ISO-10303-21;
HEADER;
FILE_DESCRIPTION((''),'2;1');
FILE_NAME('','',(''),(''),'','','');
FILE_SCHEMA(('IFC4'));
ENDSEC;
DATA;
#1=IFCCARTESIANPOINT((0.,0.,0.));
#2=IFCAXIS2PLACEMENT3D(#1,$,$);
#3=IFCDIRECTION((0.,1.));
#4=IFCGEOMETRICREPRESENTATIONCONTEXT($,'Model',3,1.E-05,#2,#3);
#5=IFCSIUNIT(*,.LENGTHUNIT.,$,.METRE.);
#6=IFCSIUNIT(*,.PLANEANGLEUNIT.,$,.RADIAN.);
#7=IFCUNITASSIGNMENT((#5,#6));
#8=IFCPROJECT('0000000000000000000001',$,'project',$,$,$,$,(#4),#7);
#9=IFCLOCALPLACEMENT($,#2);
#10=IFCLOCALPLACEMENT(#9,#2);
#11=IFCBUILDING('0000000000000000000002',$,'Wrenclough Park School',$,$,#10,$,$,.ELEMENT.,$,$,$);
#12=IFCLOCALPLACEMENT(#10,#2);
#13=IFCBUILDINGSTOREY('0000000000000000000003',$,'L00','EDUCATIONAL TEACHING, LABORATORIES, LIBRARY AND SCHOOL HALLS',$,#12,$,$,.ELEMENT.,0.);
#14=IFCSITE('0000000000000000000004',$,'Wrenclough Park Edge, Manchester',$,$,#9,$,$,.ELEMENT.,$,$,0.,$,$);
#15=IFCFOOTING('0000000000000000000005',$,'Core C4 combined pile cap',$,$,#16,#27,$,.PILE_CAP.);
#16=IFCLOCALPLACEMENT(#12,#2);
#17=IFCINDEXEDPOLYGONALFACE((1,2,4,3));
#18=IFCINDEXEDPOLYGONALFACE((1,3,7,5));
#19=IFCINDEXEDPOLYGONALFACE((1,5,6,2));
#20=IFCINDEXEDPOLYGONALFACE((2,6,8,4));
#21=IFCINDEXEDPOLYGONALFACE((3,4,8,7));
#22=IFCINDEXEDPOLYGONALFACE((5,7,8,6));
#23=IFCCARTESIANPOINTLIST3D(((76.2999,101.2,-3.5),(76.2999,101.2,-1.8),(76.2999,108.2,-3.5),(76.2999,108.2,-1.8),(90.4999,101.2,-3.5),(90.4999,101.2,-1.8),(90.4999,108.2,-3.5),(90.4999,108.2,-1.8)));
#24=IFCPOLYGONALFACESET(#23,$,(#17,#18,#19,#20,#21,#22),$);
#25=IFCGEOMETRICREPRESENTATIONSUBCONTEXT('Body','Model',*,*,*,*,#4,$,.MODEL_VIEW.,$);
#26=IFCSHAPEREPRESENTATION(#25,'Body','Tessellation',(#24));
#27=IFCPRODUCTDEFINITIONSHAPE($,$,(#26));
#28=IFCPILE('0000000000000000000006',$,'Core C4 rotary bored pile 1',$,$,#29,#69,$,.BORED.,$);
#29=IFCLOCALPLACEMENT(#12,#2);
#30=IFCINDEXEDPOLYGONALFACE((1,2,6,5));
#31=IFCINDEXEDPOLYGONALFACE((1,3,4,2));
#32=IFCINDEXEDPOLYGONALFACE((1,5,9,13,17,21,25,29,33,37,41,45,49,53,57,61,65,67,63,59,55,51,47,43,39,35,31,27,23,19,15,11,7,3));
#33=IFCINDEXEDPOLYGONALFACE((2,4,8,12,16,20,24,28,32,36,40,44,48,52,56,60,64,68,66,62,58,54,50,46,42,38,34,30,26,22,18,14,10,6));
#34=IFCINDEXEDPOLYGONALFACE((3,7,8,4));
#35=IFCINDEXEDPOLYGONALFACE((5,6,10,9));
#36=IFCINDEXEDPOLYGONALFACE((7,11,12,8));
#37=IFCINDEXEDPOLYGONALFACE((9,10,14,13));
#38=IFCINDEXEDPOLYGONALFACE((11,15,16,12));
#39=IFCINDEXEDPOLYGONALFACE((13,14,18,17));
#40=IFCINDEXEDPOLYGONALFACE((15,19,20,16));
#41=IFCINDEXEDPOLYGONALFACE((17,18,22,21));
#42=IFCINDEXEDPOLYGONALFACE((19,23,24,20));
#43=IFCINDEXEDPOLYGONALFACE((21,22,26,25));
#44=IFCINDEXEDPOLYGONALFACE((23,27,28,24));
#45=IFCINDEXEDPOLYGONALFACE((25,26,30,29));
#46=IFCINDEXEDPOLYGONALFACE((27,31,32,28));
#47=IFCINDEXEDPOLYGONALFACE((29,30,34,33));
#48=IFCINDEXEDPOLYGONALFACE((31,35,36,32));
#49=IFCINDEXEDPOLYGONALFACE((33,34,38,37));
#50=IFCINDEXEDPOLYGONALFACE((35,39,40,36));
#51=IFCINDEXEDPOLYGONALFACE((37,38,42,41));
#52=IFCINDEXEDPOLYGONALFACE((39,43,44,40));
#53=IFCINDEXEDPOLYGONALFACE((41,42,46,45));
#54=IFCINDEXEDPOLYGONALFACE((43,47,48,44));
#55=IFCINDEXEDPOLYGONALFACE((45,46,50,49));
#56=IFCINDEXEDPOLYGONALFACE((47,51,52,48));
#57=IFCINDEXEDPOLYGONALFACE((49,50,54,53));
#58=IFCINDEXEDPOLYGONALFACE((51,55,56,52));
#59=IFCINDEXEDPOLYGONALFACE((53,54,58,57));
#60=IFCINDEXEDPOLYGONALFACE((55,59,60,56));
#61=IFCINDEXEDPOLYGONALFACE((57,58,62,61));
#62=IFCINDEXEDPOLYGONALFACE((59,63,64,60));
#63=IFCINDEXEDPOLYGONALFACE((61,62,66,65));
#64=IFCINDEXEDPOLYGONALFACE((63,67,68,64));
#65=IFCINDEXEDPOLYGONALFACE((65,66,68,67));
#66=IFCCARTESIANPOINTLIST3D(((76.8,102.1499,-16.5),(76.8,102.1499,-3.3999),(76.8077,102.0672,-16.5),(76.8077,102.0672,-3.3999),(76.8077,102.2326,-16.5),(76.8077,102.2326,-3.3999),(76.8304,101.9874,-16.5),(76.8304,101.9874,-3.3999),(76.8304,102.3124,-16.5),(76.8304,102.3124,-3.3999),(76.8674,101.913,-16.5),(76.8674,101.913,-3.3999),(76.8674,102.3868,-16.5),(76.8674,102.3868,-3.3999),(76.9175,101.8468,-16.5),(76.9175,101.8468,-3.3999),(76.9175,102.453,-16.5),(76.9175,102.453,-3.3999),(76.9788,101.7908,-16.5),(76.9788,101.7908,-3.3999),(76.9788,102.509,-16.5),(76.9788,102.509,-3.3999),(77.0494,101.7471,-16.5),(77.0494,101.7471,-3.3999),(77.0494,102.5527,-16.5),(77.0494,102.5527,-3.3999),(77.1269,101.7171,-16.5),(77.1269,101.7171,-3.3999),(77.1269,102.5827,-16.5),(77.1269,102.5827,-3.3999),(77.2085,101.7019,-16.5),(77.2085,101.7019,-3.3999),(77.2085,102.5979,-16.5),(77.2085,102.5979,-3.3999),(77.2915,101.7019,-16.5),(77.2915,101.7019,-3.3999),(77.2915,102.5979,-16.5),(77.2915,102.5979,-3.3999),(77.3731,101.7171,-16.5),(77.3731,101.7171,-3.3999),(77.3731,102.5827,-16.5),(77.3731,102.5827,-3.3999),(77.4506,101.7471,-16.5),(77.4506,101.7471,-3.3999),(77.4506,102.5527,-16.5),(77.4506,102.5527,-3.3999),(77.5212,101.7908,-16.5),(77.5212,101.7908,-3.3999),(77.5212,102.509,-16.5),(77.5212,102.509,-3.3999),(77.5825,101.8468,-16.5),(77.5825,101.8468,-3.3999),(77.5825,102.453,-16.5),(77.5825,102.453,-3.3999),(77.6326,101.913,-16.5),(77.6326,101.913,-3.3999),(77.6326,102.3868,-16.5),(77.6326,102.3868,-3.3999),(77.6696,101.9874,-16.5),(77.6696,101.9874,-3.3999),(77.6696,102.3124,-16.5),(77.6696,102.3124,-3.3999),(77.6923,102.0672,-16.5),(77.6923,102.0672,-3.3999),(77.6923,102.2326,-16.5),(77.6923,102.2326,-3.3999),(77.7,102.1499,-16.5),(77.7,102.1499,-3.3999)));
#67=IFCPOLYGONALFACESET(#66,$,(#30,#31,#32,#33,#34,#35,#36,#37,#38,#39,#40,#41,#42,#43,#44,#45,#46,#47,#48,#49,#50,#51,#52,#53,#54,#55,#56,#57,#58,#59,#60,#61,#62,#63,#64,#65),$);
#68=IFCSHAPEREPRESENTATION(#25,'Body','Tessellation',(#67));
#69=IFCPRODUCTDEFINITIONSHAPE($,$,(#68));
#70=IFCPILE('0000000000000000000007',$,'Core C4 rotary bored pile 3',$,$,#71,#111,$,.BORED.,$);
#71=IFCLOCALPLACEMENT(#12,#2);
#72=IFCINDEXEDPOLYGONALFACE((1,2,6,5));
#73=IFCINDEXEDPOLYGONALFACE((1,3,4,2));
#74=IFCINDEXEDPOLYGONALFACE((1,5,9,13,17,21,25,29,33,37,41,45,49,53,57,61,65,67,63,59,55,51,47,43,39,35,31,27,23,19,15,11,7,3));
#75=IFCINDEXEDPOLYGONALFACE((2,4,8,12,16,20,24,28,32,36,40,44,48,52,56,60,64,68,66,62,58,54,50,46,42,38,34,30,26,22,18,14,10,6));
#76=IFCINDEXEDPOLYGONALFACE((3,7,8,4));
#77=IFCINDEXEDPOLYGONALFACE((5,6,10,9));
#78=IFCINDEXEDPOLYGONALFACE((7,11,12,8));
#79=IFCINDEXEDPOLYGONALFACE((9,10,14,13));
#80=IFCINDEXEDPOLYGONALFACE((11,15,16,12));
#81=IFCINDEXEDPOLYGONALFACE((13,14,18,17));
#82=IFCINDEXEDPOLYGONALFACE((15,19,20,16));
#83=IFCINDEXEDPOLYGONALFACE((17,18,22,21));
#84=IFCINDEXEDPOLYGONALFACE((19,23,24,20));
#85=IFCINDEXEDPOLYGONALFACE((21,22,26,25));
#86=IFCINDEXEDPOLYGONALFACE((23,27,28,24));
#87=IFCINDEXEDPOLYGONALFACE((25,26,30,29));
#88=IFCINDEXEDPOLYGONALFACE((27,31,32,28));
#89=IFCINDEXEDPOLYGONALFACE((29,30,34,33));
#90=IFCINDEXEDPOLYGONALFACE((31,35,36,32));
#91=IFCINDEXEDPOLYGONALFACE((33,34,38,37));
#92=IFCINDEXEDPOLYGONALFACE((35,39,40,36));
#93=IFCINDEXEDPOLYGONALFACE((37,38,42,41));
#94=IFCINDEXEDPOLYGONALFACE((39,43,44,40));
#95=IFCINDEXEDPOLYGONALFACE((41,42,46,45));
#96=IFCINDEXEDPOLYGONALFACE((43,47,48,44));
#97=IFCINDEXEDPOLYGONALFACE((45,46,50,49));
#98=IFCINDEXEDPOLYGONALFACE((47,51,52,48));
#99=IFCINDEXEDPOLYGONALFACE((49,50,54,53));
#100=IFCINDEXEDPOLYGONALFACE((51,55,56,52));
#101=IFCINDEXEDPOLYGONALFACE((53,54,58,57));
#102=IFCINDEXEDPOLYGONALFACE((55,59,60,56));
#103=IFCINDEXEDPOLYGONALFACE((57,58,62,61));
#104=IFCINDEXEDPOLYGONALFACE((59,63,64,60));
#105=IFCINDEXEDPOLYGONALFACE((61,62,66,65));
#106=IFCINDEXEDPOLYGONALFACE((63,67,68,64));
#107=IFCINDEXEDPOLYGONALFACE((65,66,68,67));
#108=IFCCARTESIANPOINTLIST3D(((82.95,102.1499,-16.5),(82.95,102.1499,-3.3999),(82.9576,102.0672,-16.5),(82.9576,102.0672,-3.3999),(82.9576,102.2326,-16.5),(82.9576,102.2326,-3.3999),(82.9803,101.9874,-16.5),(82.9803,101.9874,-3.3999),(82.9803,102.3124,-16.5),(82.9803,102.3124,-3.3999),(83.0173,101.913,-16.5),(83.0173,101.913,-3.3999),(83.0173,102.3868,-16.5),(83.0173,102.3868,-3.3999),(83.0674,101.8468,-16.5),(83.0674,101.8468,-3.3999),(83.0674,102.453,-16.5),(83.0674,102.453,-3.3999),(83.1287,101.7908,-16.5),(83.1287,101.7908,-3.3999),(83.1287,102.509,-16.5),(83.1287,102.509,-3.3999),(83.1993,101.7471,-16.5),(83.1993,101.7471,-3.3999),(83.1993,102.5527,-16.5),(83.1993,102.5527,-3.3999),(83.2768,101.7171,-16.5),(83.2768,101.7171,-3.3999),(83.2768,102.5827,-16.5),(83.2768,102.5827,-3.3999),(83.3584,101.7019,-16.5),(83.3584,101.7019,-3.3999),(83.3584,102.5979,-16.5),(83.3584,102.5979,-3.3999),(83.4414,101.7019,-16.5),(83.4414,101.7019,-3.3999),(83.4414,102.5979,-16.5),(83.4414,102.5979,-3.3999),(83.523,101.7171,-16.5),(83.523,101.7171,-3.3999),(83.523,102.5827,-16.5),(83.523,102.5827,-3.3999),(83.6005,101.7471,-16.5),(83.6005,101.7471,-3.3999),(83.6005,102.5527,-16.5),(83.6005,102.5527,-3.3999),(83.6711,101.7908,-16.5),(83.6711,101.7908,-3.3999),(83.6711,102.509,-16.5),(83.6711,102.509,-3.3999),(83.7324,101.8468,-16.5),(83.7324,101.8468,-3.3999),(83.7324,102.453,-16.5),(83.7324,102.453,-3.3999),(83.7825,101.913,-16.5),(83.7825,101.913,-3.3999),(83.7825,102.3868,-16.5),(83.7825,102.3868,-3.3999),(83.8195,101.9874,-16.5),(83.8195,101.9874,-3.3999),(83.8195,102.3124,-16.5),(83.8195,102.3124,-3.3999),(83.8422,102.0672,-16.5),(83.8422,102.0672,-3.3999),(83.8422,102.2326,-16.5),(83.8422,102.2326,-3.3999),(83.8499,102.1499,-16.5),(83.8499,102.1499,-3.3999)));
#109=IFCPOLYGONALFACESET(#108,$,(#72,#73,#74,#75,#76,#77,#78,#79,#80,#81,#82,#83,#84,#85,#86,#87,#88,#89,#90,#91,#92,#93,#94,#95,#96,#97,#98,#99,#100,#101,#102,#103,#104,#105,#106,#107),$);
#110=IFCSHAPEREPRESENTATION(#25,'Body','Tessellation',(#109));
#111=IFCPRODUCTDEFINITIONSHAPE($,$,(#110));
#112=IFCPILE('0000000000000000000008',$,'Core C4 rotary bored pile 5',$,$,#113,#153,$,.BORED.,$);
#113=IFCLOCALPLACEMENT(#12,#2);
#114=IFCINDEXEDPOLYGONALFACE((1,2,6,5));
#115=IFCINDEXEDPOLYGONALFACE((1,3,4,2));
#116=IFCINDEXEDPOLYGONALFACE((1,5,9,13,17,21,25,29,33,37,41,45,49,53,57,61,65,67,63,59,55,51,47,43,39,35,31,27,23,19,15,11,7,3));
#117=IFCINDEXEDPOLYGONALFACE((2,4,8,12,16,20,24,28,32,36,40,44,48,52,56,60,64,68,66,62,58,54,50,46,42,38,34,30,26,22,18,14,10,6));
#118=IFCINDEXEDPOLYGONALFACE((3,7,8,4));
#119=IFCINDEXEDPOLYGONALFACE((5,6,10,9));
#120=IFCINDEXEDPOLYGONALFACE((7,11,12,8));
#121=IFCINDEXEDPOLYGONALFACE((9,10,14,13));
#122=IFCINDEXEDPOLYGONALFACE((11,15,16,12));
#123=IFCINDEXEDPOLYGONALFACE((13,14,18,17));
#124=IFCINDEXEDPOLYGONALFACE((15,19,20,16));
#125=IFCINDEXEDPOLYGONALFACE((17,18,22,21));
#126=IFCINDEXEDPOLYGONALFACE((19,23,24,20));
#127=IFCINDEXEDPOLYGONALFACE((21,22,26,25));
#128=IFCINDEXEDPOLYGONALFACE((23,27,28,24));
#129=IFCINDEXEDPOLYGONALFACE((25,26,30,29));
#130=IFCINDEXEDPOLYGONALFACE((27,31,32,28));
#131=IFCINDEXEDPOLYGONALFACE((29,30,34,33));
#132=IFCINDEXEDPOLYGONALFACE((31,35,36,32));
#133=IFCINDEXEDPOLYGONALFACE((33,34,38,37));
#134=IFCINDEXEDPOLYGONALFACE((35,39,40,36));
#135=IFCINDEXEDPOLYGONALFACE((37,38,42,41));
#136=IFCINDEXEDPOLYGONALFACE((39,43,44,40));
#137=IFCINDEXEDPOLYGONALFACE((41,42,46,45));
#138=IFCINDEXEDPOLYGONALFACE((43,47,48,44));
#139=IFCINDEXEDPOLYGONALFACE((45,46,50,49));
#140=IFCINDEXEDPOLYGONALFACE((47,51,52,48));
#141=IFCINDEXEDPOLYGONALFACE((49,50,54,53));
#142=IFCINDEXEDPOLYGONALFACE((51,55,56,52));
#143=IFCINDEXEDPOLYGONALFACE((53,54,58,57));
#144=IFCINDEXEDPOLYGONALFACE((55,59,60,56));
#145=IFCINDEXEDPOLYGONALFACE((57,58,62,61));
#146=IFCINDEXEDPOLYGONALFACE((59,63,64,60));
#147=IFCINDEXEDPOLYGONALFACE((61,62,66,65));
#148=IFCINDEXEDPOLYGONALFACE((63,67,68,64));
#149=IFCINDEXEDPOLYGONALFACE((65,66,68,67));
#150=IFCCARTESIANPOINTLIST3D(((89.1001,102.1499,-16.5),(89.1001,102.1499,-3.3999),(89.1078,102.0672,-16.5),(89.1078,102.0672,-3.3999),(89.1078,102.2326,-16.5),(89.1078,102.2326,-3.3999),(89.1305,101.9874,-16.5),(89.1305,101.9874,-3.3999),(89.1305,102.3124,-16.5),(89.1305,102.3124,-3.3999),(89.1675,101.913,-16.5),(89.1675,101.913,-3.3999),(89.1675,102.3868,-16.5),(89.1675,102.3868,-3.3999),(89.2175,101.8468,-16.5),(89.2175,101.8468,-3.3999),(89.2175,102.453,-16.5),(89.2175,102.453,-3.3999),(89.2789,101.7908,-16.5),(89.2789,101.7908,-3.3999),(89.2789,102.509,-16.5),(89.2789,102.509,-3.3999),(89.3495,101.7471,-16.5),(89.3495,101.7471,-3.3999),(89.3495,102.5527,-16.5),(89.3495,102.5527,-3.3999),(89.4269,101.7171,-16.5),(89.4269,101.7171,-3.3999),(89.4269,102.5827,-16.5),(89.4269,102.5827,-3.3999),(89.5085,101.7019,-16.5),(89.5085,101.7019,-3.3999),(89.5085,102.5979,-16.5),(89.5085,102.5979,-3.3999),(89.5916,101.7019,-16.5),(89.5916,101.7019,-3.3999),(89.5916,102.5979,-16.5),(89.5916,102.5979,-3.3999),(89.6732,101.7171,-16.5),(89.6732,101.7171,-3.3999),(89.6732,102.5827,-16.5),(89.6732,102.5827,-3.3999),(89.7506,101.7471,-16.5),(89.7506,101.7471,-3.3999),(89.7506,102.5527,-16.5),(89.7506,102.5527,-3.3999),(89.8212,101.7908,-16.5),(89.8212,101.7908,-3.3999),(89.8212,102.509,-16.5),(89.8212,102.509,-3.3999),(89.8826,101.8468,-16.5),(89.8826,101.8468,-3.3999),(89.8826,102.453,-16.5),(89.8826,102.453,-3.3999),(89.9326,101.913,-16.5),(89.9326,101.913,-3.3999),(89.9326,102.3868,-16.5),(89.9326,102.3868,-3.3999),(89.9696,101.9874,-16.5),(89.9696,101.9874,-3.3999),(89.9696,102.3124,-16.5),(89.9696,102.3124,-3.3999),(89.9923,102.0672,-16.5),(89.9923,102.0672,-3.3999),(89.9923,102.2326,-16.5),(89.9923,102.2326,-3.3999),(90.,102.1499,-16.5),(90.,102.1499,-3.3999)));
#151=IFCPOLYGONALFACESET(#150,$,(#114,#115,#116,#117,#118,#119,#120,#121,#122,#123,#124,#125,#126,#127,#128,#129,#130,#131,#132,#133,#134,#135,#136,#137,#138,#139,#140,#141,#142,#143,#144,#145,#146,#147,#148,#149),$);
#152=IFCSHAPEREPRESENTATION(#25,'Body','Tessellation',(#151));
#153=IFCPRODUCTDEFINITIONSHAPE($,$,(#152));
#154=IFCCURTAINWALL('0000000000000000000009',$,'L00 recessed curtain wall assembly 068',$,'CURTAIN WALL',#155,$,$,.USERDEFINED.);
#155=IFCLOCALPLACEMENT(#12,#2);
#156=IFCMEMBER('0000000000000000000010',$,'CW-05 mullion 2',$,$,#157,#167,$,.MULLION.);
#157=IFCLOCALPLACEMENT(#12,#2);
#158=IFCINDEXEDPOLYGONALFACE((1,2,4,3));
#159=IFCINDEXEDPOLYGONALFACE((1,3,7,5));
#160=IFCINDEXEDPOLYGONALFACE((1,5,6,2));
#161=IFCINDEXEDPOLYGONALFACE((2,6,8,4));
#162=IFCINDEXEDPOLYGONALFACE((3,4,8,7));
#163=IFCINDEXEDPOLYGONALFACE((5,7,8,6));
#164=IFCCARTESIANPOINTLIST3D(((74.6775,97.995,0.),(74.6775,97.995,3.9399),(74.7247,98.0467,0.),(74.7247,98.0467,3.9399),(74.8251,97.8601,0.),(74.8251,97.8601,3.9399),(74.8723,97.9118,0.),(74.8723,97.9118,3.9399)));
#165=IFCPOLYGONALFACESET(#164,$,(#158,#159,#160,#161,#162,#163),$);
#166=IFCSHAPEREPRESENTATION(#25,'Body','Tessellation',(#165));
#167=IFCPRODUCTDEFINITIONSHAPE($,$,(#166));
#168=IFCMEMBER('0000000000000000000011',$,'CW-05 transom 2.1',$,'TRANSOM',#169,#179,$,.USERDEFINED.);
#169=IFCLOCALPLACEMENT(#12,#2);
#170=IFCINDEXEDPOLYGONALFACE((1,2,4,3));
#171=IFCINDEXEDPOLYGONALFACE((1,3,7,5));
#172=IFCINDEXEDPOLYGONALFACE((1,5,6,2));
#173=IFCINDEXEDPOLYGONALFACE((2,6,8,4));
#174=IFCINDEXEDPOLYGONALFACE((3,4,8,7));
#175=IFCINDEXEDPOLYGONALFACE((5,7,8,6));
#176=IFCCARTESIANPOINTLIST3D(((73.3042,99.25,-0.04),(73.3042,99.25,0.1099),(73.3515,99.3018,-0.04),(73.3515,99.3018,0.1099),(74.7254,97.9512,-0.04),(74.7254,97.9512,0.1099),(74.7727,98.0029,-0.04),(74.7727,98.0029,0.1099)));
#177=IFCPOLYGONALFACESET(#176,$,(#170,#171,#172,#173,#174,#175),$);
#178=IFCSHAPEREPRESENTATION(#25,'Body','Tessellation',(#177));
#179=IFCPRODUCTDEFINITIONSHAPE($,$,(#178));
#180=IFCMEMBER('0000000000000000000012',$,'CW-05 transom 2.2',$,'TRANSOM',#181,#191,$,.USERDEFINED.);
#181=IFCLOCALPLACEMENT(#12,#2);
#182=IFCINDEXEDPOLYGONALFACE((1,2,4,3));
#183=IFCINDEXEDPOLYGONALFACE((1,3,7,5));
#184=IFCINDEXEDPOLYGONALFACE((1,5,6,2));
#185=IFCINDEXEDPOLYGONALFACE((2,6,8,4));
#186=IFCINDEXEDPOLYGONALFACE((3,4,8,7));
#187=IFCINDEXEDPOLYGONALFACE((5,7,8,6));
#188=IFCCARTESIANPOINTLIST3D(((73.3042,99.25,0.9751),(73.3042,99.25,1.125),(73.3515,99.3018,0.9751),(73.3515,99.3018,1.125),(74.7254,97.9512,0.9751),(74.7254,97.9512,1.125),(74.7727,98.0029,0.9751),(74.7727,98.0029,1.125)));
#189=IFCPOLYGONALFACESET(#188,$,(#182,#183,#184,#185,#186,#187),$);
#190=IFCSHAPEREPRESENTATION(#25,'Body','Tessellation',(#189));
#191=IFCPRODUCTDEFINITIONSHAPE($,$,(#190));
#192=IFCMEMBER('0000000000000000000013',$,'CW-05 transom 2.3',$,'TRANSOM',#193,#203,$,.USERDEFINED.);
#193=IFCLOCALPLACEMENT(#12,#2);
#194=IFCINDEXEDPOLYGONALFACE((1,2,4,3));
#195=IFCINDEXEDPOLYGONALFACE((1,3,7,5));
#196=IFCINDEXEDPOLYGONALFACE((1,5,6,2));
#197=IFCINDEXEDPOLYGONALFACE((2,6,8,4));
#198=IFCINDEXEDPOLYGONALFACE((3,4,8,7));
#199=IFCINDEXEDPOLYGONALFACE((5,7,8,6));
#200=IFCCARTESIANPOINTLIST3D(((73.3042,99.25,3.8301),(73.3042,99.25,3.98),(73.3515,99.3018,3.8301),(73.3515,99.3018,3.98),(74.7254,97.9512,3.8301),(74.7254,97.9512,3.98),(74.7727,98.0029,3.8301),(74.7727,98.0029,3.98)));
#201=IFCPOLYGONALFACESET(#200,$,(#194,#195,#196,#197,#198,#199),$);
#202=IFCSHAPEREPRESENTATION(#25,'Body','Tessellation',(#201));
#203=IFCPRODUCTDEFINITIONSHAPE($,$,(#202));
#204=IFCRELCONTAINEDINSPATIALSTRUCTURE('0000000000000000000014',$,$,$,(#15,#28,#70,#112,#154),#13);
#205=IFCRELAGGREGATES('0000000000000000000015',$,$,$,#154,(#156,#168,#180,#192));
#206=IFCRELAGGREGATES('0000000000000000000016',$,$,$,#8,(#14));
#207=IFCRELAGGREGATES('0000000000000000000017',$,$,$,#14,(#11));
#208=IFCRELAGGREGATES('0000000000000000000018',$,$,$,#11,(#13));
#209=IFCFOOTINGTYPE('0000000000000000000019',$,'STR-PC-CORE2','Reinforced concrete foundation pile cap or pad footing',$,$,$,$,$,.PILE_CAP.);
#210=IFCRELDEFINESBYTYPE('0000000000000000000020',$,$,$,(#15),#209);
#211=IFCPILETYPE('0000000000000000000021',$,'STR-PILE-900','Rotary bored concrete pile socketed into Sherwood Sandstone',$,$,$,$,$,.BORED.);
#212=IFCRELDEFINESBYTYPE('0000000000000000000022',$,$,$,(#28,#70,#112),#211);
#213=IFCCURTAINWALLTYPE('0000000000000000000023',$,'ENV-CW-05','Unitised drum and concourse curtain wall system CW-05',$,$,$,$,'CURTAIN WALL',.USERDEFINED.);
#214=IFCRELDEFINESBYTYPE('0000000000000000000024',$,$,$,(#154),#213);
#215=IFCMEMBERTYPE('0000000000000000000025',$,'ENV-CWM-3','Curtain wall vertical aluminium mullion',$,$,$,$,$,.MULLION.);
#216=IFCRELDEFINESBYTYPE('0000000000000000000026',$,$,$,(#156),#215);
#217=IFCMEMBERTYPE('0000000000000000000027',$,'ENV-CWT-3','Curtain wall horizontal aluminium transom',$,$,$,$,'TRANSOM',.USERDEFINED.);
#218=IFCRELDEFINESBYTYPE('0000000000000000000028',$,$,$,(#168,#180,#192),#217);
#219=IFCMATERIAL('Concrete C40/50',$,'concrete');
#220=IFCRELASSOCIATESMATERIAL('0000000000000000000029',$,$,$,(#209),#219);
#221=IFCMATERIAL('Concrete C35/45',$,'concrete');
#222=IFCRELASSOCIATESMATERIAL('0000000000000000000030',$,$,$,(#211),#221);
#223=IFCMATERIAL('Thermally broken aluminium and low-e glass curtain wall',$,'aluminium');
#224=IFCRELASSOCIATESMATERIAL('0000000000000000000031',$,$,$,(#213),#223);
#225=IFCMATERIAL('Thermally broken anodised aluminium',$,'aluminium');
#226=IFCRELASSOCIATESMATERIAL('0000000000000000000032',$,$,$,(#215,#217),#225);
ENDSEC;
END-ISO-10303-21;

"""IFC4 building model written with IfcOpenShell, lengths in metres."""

from ifc_helpers import new_model, si_unit, direction, frame, origin, origin_2d, place, context, subcontext, project, spatial, rectangle, circle, extrude, material, material_profile, profile_set, type_object, element, aggregate, save


model = new_model("IFC4")

# Units and contexts
model_context = context("Model", 3, precision=1e-05, world=origin(), true_north=direction((0.0, 1.0)))
body_context = subcontext(model_context, "Body", "Model", "MODEL_VIEW")
ifc_project = project(units=[si_unit("LENGTHUNIT", "METRE"), si_unit("PLANEANGLEUNIT", "RADIAN")], contexts=[model_context])

# Site, building, storey
site_placement = place(None, origin())
site = spatial("IfcSite", under=ifc_project, at=site_placement, Name="Wrenclough Park Edge, Manchester", CompositionType="ELEMENT", RefElevation=0.0)
building_placement = place(site_placement, origin())
building = spatial("IfcBuilding", under=site, at=building_placement, Name="Wrenclough Park School", CompositionType="ELEMENT")
storey_placement = place(building_placement, origin())
storey = spatial("IfcBuildingStorey", under=building, at=storey_placement, Name="L00", Description="EDUCATIONAL TEACHING, LABORATORIES, LIBRARY AND SCHOOL HALLS", CompositionType="ELEMENT", Elevation=0.0)

# Footing
ifc_material_1 = material(Name="Concrete C40/50", Category="concrete")
footing_type = type_object("IfcFootingType", Name="STR-PC-CORE2", Description="Reinforced concrete foundation pile cap or pad footing", PredefinedType="PILE_CAP", material=ifc_material_1)
footing_placement = place(storey_placement, frame((83.3999, 104.7, -3.5), z_axis=(0.0, 0.0, 1.0), x_axis=(1.0, 0.0, 0.0)))
element("IfcFooting", 1, at=footing_placement, inside=storey, type_object=footing_type, Name="Core C4 combined pile cap", PredefinedType="PILE_CAP", context=body_context, shape_type="SweptSolid", body=[
    extrude(rectangle(XDim=14.2, YDim=7.0, at=origin_2d()), origin(), (0.0, 0.0, 1.0), 1.7),
])

# Piles
ifc_material_2 = material(Name="Concrete C35/45", Category="concrete")
ifc_material_profile_1 = material_profile(ifc_material_2, circle(Radius=0.45, at=origin_2d()), Name="BORED PILE D900")
ifc_profile_set_1 = profile_set([ifc_material_profile_1], Name="Concrete C35/45")
pile_type = type_object("IfcPileType", Name="STR-PILE-900", Description="Rotary bored concrete pile socketed into Sherwood Sandstone", PredefinedType="BORED", material=ifc_profile_set_1)
for number, where, z_axis, x_axis, name in (
    (2, (77.25, 102.1499, -3.3999), (0.0, 0.0, -1.0), (1.0, 0.0, 0.0), "Core C4 rotary bored pile 1"),
    (3, (83.3999, 102.1499, -3.3999), (0.0, 0.0, -1.0), (1.0, 0.0, 0.0), "Core C4 rotary bored pile 3"),
    (4, (89.55, 102.1499, -3.3999), (0.0, 0.0, -1.0), (1.0, 0.0, 0.0), "Core C4 rotary bored pile 5"),
):
    element("IfcPile", number, at=place(storey_placement, frame(where, z_axis=z_axis, x_axis=x_axis)), inside=storey, type_object=pile_type, Name=name, PredefinedType="BORED", context=body_context, shape_type="SweptSolid", body=[
        extrude(circle(Radius=0.45, at=origin_2d()), origin(), (0.0, 0.0, 1.0), 13.1001),
    ])

# Curtain wall, members
ifc_material_3 = material(Name="Thermally broken aluminium and low-e glass curtain wall", Category="aluminium")
curtain_wall_type = type_object("IfcCurtainWallType", Name="ENV-CW-05", Description="Unitised drum and concourse curtain wall system CW-05", ElementType="CURTAIN WALL", PredefinedType="USERDEFINED", material=ifc_material_3)
curtain_wall_placement = place(storey_placement, origin())
curtain_wall = element("IfcCurtainWall", 5, at=curtain_wall_placement, inside=storey, type_object=curtain_wall_type, Name="L00 recessed curtain wall assembly 068", ObjectType="CURTAIN WALL", PredefinedType="USERDEFINED")
ifc_material_4 = material(Name="Thermally broken anodised aluminium", Category="aluminium")
ifc_material_profile_2 = material_profile(ifc_material_4, rectangle(XDim=0.0701, YDim=0.2, at=origin_2d()), Name="AL MULLION 70x200")
ifc_profile_set_2 = profile_set([ifc_material_profile_2], Name="Thermally broken anodised aluminium")
member_type_1 = type_object("IfcMemberType", Name="ENV-CWM-3", Description="Curtain wall vertical aluminium mullion", PredefinedType="MULLION", material=ifc_profile_set_2)
member_1_placement = place(storey_placement, frame((74.7749, 97.9534, 0.0), z_axis=(0.0, 0.0, 1.0), x_axis=(-0.674669, -0.738121, 0.0)))
member_1 = element("IfcMember", 6, at=member_1_placement, type_object=member_type_1, Name="CW-05 mullion 2", PredefinedType="MULLION", context=body_context, shape_type="SweptSolid", body=[
    extrude(rectangle(XDim=0.0701, YDim=0.2, at=origin_2d()), origin(), (0.0, 0.0, 1.0), 3.9399),
])
ifc_material_profile_3 = material_profile(ifc_material_4, rectangle(XDim=0.0701, YDim=0.1499, at=origin_2d()), Name="AL TRANSOM 70x150")
ifc_profile_set_3 = profile_set([ifc_material_profile_3], Name="Thermally broken anodised aluminium")
member_type_2 = type_object("IfcMemberType", Name="ENV-CWT-3", Description="Curtain wall horizontal aluminium transom", ElementType="TRANSOM", PredefinedType="USERDEFINED", material=ifc_profile_set_3)
member_2_placement = place(storey_placement, frame((74.749, 97.9771, 0.0349), z_axis=(-0.738159, 0.674627, 0.0), x_axis=(-0.674627, -0.738159, 0.0)))
member_2 = element("IfcMember", 7, at=member_2_placement, type_object=member_type_2, Name="CW-05 transom 2.1", ObjectType="TRANSOM", PredefinedType="USERDEFINED", context=body_context, shape_type="SweptSolid", body=[
    extrude(rectangle(XDim=0.0701, YDim=0.1499, at=origin_2d()), origin(), (0.0, 0.0, 1.0), 1.9253),
])
member_3_placement = place(storey_placement, frame((74.749, 97.9771, 1.05), z_axis=(-0.738159, 0.674627, 0.0), x_axis=(-0.674627, -0.738159, 0.0)))
member_3 = element("IfcMember", 8, at=member_3_placement, type_object=member_type_2, Name="CW-05 transom 2.2", ObjectType="TRANSOM", PredefinedType="USERDEFINED", context=body_context, shape_type="SweptSolid", body=[
    extrude(rectangle(XDim=0.0701, YDim=0.1499, at=origin_2d()), origin(), (0.0, 0.0, 1.0), 1.9253),
])
member_4_placement = place(storey_placement, frame((74.749, 97.9771, 3.905), z_axis=(-0.738159, 0.674627, 0.0), x_axis=(-0.674627, -0.738159, 0.0)))
member_4 = element("IfcMember", 9, at=member_4_placement, type_object=member_type_2, Name="CW-05 transom 2.3", ObjectType="TRANSOM", PredefinedType="USERDEFINED", context=body_context, shape_type="SweptSolid", body=[
    extrude(rectangle(XDim=0.0701, YDim=0.1499, at=origin_2d()), origin(), (0.0, 0.0, 1.0), 1.9253),
])
aggregate(curtain_wall, [member_1, member_2, member_3, member_4])

save(model, "model.ifc")
